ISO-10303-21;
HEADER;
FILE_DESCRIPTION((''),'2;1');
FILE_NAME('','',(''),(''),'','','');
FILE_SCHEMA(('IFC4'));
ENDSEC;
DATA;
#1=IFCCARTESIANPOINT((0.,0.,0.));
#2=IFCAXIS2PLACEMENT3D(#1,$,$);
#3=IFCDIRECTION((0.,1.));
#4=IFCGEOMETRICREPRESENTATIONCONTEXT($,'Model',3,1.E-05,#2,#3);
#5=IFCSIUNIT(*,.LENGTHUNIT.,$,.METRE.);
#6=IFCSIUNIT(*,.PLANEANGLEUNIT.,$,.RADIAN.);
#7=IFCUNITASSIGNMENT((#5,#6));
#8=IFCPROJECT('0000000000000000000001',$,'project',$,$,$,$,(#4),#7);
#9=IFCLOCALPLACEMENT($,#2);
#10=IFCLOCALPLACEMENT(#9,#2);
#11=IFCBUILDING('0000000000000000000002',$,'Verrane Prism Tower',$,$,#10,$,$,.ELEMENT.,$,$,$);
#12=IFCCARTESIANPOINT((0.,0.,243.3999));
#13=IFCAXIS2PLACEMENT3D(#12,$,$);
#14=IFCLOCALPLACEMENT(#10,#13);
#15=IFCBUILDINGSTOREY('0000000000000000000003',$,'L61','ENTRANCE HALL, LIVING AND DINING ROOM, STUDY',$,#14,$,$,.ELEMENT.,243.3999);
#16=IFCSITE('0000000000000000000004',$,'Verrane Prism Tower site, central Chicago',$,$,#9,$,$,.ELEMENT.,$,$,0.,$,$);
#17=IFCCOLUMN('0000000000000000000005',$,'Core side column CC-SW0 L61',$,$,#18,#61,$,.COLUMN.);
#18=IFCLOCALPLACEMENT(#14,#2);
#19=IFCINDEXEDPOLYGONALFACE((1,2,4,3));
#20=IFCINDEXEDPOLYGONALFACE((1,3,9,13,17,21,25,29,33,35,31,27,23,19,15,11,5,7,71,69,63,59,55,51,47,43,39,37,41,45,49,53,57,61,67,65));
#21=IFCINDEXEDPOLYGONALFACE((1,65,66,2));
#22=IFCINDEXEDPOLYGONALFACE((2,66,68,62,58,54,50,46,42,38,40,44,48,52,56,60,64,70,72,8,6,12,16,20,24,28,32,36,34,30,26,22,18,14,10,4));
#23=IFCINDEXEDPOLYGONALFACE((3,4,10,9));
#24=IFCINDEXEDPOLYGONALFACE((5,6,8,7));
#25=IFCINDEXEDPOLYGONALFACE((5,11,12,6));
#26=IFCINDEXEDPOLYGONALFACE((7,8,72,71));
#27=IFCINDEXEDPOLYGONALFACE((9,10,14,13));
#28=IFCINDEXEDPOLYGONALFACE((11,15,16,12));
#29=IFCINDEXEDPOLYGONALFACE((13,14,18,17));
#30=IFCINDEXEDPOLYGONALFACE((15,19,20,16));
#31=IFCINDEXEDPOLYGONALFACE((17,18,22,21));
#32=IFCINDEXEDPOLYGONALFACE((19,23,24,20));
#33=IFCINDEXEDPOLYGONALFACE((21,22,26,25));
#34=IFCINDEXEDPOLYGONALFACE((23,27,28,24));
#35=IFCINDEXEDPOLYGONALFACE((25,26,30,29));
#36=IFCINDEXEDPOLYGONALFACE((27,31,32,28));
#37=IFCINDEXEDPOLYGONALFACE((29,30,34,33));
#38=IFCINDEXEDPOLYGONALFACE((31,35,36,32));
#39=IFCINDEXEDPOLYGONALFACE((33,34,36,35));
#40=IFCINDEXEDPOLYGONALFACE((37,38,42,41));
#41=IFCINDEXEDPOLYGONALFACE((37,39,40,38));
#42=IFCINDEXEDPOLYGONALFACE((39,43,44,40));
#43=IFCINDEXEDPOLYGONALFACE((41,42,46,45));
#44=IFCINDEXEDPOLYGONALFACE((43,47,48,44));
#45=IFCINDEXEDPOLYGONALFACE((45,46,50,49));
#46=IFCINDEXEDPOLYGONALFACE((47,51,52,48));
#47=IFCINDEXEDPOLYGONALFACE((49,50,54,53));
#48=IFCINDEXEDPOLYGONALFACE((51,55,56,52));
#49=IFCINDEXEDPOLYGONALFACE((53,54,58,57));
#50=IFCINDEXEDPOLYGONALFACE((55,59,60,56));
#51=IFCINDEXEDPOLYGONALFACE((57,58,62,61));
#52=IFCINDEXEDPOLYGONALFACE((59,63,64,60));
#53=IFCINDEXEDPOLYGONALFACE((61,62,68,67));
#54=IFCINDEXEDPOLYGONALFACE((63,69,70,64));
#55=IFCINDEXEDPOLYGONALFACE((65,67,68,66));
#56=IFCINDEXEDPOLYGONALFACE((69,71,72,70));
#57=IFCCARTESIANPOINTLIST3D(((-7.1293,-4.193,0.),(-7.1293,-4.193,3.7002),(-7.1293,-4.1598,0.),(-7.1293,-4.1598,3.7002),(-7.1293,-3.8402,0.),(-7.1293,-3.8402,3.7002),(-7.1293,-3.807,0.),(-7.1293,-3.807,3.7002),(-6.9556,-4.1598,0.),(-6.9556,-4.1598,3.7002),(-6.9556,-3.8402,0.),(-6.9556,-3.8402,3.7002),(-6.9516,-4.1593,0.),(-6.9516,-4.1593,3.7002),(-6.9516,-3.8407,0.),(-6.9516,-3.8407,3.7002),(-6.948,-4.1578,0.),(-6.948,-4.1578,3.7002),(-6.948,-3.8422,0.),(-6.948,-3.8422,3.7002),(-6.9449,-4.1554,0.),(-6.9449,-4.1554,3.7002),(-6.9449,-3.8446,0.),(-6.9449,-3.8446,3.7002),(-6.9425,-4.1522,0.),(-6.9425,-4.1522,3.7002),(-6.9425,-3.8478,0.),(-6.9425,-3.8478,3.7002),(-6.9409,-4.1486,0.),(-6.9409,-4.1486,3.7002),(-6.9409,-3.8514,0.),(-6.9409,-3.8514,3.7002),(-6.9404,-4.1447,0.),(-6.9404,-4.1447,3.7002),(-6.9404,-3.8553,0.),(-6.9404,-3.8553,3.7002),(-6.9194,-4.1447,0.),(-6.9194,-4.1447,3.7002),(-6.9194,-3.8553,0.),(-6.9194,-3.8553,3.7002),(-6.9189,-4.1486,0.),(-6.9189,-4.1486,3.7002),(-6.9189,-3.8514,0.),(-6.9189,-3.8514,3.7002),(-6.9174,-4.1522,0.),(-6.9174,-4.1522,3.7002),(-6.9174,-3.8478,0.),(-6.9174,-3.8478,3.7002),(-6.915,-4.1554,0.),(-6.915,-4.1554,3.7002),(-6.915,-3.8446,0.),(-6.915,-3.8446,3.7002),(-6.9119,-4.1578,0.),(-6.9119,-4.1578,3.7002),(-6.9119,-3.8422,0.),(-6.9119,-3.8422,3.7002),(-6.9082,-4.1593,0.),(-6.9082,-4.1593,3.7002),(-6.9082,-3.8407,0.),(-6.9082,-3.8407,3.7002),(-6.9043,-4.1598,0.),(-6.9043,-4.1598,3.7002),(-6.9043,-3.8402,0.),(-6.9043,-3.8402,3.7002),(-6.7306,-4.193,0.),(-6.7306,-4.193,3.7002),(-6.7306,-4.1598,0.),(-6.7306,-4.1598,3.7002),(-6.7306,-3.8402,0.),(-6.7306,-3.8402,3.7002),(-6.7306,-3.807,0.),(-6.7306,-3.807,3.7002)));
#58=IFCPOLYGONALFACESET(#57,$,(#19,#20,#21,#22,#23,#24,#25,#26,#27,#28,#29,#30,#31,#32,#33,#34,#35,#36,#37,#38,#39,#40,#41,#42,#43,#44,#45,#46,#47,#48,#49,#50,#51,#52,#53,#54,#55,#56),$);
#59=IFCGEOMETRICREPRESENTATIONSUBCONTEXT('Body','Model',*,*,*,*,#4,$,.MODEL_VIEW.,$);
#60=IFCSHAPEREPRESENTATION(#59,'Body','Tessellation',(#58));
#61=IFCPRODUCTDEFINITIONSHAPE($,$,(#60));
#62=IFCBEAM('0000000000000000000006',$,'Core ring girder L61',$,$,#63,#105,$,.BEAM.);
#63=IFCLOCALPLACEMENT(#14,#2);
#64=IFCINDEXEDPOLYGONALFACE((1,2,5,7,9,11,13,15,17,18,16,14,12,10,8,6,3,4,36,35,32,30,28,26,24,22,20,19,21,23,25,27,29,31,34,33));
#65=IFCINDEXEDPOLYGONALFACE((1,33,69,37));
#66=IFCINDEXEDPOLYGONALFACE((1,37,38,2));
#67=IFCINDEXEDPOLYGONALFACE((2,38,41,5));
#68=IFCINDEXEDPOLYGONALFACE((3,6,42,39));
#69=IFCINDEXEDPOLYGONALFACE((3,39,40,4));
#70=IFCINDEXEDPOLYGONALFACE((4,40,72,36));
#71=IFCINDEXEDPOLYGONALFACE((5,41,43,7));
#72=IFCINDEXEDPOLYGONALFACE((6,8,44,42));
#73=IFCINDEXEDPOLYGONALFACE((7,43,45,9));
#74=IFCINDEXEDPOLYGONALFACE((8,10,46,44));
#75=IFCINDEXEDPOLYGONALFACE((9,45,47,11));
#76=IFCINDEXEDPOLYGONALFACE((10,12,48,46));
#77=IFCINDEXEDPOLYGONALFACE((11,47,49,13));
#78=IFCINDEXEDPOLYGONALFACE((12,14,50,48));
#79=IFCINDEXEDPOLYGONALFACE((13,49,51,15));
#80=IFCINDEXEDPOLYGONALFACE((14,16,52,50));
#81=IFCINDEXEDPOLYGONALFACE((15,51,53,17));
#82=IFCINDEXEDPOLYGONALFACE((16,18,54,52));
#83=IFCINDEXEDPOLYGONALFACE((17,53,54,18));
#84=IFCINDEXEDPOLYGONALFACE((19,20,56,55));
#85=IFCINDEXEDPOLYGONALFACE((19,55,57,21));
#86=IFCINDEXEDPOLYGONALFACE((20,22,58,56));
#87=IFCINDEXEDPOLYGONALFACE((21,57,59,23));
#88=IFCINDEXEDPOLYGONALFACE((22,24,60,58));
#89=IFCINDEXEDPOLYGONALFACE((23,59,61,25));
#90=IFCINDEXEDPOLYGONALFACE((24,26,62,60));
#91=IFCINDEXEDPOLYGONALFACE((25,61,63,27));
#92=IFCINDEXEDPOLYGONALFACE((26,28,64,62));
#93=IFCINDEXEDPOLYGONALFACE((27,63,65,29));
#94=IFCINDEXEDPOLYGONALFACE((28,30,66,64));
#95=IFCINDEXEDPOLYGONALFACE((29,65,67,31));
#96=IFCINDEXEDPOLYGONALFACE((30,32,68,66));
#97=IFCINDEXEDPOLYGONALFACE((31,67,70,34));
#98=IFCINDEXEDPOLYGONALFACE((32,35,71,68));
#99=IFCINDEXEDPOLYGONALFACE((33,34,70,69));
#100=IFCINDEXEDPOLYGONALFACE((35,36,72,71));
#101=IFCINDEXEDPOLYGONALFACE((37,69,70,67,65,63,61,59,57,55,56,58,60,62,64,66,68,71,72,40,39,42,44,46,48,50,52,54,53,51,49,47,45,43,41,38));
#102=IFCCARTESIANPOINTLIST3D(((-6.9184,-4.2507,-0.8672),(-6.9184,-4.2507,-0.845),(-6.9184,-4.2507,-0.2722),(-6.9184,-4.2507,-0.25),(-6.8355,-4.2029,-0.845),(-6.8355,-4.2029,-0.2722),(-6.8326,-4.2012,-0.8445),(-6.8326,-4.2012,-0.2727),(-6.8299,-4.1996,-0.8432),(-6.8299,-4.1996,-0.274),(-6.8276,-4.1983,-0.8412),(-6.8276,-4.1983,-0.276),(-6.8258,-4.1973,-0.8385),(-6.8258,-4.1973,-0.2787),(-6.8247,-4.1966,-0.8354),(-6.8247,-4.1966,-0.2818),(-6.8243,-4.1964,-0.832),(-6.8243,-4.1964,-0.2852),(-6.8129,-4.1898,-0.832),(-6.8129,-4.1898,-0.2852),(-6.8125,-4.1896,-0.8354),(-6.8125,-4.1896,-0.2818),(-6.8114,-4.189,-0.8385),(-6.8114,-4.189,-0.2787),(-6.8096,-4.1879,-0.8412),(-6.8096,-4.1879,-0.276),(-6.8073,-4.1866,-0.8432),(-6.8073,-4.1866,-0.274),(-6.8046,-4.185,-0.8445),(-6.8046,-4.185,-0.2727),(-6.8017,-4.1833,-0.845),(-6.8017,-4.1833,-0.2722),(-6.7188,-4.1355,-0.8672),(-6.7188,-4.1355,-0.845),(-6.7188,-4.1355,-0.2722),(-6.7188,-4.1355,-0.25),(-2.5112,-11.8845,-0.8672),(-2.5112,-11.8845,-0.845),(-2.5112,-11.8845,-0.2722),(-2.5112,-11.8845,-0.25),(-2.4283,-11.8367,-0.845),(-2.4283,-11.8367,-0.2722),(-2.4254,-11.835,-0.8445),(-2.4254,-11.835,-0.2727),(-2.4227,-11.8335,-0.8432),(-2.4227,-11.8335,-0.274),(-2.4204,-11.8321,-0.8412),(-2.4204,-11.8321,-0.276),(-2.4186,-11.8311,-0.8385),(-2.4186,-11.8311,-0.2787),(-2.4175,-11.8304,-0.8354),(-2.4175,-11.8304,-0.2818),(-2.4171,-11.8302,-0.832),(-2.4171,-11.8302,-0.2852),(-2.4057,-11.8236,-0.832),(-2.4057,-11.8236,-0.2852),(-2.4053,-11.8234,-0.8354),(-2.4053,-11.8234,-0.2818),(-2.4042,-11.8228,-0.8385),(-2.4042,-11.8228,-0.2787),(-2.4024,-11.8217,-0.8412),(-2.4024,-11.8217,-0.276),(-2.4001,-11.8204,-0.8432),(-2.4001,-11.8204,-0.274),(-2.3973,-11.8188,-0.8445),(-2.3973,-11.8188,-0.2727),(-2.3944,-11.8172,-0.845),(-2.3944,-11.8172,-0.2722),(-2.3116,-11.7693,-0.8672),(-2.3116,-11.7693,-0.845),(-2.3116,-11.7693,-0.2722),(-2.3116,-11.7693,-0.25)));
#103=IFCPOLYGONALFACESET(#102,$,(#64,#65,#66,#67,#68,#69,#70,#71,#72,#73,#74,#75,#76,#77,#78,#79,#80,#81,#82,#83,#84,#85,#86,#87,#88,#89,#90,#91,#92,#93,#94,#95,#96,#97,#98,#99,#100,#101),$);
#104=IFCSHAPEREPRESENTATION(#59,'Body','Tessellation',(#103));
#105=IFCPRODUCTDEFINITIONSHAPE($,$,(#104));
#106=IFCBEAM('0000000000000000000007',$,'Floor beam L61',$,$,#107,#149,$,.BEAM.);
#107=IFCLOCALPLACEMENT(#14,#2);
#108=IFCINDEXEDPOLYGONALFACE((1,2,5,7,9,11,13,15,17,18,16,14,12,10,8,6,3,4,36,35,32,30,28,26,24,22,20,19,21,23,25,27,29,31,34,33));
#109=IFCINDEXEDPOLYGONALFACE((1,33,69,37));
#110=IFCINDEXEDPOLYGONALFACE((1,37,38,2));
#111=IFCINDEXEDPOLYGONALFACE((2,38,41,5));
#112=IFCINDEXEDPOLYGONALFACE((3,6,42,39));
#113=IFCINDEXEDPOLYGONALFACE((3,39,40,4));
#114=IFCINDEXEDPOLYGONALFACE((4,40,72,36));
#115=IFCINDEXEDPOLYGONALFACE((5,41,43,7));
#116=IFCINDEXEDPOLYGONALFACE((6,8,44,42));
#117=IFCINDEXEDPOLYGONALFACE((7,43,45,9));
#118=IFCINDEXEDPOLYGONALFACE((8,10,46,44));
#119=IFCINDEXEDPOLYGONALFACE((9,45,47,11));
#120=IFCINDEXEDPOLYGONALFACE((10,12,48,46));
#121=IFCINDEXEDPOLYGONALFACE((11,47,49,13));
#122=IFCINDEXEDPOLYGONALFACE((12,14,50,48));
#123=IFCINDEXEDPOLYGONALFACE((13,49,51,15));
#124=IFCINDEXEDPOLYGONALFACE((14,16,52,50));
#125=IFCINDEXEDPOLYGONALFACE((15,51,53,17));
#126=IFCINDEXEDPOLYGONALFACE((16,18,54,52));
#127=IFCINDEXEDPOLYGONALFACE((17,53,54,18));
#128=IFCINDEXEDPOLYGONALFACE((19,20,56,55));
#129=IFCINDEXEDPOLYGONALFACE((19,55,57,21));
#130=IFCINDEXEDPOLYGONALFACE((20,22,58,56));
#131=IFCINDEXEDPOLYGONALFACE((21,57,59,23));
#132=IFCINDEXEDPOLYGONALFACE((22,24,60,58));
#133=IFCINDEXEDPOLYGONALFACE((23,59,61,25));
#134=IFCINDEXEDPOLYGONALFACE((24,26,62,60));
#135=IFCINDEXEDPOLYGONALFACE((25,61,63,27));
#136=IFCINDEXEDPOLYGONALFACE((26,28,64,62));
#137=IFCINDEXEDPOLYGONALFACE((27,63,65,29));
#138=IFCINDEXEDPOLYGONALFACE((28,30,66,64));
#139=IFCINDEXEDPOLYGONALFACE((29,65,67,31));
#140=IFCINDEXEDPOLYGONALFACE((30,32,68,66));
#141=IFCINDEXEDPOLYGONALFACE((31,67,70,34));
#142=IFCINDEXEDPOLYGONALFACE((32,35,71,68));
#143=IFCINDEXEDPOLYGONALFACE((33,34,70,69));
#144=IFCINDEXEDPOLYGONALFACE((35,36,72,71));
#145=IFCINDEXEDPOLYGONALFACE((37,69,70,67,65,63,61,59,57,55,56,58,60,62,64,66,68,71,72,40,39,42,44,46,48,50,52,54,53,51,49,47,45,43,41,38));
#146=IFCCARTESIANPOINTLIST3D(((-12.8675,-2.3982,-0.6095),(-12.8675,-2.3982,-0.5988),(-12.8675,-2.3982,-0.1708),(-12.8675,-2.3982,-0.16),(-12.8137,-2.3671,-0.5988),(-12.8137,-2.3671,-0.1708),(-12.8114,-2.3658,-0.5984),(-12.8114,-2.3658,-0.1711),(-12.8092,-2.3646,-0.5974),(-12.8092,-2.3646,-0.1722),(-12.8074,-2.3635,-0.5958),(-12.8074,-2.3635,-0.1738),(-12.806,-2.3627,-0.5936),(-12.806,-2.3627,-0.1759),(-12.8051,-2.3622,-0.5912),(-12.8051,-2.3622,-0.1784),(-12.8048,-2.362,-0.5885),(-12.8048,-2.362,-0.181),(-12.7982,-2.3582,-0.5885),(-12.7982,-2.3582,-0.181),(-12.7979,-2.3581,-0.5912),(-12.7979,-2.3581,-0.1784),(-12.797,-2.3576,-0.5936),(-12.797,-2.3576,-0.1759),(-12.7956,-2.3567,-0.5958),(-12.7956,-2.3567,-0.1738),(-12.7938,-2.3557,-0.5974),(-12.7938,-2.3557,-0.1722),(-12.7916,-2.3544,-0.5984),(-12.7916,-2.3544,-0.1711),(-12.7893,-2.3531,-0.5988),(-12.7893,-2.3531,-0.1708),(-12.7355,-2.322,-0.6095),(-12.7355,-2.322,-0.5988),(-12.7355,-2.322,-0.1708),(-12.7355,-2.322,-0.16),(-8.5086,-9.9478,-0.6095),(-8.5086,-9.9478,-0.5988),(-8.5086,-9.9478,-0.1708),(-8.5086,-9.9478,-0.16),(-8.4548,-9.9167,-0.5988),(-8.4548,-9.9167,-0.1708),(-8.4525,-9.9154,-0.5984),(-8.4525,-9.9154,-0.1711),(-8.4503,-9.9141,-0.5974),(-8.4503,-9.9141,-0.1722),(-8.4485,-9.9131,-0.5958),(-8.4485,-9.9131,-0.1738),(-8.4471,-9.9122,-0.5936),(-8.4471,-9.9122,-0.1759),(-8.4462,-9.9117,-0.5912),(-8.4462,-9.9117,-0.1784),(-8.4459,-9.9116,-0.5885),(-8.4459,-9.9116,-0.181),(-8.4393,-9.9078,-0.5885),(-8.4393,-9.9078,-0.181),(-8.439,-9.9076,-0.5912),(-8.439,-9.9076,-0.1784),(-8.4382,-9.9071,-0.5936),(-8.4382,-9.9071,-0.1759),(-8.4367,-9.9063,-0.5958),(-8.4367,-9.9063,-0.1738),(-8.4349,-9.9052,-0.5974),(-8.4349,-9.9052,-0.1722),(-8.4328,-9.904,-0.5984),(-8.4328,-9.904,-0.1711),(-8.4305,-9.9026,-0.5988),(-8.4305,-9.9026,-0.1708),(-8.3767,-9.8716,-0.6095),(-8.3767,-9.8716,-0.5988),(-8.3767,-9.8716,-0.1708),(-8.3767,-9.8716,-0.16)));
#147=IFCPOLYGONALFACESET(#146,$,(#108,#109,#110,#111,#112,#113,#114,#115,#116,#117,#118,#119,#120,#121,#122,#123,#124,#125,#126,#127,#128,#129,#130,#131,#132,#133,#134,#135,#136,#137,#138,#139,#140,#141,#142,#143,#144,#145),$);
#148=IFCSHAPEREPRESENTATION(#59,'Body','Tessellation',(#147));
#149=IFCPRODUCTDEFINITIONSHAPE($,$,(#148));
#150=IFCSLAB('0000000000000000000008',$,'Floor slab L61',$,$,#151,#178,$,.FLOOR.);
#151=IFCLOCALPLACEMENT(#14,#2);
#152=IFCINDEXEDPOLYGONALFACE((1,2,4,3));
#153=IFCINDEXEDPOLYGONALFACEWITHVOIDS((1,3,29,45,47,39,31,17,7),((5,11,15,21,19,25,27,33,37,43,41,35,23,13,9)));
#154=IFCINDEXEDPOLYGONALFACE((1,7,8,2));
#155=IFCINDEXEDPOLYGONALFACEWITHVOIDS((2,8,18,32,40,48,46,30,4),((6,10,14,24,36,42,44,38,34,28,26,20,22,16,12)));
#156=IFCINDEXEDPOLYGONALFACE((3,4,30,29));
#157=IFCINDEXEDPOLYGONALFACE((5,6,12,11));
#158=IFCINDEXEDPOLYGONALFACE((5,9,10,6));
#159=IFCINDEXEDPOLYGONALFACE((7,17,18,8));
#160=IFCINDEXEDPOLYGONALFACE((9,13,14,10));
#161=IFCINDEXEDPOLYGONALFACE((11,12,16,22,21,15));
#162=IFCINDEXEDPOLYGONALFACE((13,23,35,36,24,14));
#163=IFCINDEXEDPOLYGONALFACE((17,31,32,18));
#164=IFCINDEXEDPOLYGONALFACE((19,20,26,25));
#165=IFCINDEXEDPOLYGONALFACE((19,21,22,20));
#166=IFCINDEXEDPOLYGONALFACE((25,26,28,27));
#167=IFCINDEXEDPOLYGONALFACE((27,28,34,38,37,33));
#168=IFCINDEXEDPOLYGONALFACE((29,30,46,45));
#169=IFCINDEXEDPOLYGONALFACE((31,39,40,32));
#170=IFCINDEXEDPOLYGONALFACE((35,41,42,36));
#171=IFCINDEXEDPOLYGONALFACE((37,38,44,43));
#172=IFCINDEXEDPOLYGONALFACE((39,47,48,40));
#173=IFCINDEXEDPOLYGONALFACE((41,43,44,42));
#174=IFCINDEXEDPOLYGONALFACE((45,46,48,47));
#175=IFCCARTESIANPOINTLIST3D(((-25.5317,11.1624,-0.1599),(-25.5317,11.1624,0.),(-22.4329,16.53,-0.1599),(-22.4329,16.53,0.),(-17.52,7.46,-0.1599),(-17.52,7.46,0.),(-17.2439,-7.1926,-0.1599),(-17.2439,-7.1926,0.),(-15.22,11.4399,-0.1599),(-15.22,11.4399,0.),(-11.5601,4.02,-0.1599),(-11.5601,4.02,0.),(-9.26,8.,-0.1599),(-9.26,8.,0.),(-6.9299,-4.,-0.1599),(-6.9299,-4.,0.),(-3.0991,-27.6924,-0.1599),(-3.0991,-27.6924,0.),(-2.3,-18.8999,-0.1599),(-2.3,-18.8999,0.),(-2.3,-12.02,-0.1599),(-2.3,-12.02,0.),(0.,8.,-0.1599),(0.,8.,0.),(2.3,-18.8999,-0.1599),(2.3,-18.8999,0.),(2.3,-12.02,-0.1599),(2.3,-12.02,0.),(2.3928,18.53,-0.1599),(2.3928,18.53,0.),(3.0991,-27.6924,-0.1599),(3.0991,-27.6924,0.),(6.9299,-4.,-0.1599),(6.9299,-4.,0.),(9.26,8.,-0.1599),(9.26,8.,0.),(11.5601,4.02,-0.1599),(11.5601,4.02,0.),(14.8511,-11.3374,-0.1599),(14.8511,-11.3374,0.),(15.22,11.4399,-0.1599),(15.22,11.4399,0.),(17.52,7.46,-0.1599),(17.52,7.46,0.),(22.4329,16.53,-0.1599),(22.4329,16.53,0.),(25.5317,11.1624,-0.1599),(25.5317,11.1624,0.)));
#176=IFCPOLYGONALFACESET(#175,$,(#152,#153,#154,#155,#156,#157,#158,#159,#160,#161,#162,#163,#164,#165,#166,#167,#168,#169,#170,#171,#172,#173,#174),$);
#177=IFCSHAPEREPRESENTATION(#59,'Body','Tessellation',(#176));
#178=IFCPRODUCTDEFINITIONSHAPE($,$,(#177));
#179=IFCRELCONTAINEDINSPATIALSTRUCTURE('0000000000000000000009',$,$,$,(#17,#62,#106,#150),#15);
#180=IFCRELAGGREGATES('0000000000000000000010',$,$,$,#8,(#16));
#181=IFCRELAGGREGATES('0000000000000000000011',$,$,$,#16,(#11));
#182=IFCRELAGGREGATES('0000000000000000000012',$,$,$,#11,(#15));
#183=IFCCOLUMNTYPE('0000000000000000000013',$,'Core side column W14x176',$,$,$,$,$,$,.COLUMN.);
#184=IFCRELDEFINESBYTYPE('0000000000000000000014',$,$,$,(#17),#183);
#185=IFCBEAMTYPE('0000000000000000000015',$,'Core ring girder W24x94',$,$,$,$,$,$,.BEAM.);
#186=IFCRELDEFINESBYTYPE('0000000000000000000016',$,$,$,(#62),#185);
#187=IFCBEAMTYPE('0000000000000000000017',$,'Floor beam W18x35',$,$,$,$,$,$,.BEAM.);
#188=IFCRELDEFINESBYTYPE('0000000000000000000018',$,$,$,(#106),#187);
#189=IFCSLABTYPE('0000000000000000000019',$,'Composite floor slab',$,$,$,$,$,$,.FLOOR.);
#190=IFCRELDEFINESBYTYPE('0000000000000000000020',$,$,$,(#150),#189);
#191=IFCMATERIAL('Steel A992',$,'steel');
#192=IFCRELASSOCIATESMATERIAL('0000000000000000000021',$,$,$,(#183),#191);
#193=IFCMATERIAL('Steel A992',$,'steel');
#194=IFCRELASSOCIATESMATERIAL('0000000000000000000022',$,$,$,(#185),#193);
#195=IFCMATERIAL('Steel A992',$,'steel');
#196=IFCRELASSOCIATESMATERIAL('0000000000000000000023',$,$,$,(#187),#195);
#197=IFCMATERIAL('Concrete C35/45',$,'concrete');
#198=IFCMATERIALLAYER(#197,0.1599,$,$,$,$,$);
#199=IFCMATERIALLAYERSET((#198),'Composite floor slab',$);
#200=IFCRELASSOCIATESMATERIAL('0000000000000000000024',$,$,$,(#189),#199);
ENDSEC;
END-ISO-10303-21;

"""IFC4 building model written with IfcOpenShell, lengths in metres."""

from ifc_helpers import new_model, si_unit, direction, frame, origin, origin_2d, place, context, subcontext, project, spatial, polyline, i_section, outline, extrude, material, layer, layer_set, material_profile, profile_set, type_object, element, save


model = new_model("IFC4")

# Units and contexts
model_context = context("Model", 3, precision=1e-05, world=origin(), true_north=direction((0.0, 1.0)))
body_context = subcontext(model_context, "Body", "Model", "MODEL_VIEW")
ifc_project = project(units=[si_unit("LENGTHUNIT", "METRE"), si_unit("PLANEANGLEUNIT", "RADIAN")], contexts=[model_context])

# Site, building, storey
site_placement = place(None, origin())
site = spatial("IfcSite", under=ifc_project, at=site_placement, Name="Verrane Prism Tower site, central Chicago", CompositionType="ELEMENT", RefElevation=0.0)
building_placement = place(site_placement, origin())
building = spatial("IfcBuilding", under=site, at=building_placement, Name="Verrane Prism Tower", CompositionType="ELEMENT")
storey_placement = place(building_placement, frame((0.0, 0.0, 243.3999)))
storey = spatial("IfcBuildingStorey", under=building, at=storey_placement, Name="L61", Description="ENTRANCE HALL, LIVING AND DINING ROOM, STUDY", CompositionType="ELEMENT", Elevation=243.3999)

# Column
ifc_material_1 = material(Name="Steel A992", Category="steel")
ifc_material_profile_1 = material_profile(ifc_material_1, i_section(OverallWidth=0.3987, OverallDepth=0.386, WebThickness=0.021, FlangeThickness=0.0332, FilletRadius=0.0151, at=origin_2d()), Name="W14x176")
ifc_profile_set_1 = profile_set([ifc_material_profile_1], Name="Steel A992")
column_type = type_object("IfcColumnType", Name="Core side column W14x176", PredefinedType="COLUMN", material=ifc_profile_set_1)
column_placement = place(storey_placement, frame((-6.9299, -4.0, 0.0), z_axis=(0.0, 0.0, 1.0), x_axis=(1.0, 0.0, 0.0)))
element("IfcColumn", 1, at=column_placement, inside=storey, type_object=column_type, Name="Core side column CC-SW0 L61", PredefinedType="COLUMN", context=body_context, shape_type="SweptSolid", body=[
    extrude(i_section(OverallWidth=0.3987, OverallDepth=0.386, WebThickness=0.021, FlangeThickness=0.0332, FilletRadius=0.0151, at=origin_2d()), origin(), (0.0, 0.0, 1.0), 3.7002),
])

# Beams
ifc_material_2 = material(Name="Steel A992", Category="steel")
ifc_material_profile_2 = material_profile(ifc_material_2, i_section(OverallWidth=0.2305, OverallDepth=0.6172, WebThickness=0.0132, FlangeThickness=0.0222, FilletRadius=0.0129, at=origin_2d()), Name="W24x94")
ifc_profile_set_2 = profile_set([ifc_material_profile_2], Name="Steel A992")
beam_type_1 = type_object("IfcBeamType", Name="Core ring girder W24x94", PredefinedType="BEAM", material=ifc_profile_set_2)
beam_1_placement = place(storey_placement, frame((-6.8186, -4.1931, -0.5586), z_axis=(0.499988, -0.866032, 0.0), x_axis=(0.866032, 0.499988, 0.0)))
element("IfcBeam", 2, at=beam_1_placement, inside=storey, type_object=beam_type_1, Name="Core ring girder L61", PredefinedType="BEAM", context=body_context, shape_type="SweptSolid", body=[
    extrude(i_section(OverallWidth=0.2305, OverallDepth=0.6172, WebThickness=0.0132, FlangeThickness=0.0222, FilletRadius=0.0129, at=origin_2d()), origin(), (0.0, 0.0, 1.0), 8.8147),
])
ifc_material_3 = material(Name="Steel A992", Category="steel")
ifc_material_profile_3 = material_profile(ifc_material_3, i_section(OverallWidth=0.1523, OverallDepth=0.4495, WebThickness=0.0076, FlangeThickness=0.0107, FilletRadius=0.0103, at=origin_2d()), Name="W18x35")
ifc_profile_set_3 = profile_set([ifc_material_profile_3], Name="Steel A992")
beam_type_2 = type_object("IfcBeamType", Name="Floor beam W18x35", PredefinedType="BEAM", material=ifc_profile_set_3)
beam_2_placement = place(storey_placement, frame((-8.4426, -9.9097, -0.3848), z_axis=(-0.500013, 0.866018, 0.0), x_axis=(-0.866018, -0.500013, 0.0)))
element("IfcBeam", 3, at=beam_2_placement, inside=storey, type_object=beam_type_2, Name="Floor beam L61", PredefinedType="BEAM", context=body_context, shape_type="SweptSolid", body=[
    extrude(i_section(OverallWidth=0.1523, OverallDepth=0.4495, WebThickness=0.0076, FlangeThickness=0.0107, FilletRadius=0.0103, at=origin_2d()), origin(), (0.0, 0.0, 1.0), 8.7175),
])

# Slab
ifc_material_4 = material(Name="Concrete C35/45", Category="concrete")
ifc_layer_1 = layer(ifc_material_4, 0.1599)
ifc_layer_set_1 = layer_set([ifc_layer_1], Name="Composite floor slab")
slab_type = type_object("IfcSlabType", Name="Composite floor slab", PredefinedType="FLOOR", material=ifc_layer_set_1)
slab_placement = place(storey_placement, frame((0.0, 0.0, -0.1599)))
element("IfcSlab", 4, at=slab_placement, inside=storey, type_object=slab_type, Name="Floor slab L61", PredefinedType="FLOOR", context=body_context, shape_type="SweptSolid", body=[
    extrude(outline(polyline([(14.8511, -11.3374), (3.0991, -27.6924), (-3.0991, -27.6924), (-17.2439, -7.1926), (-25.5317, 11.1624), (-22.4329, 16.53), (2.3928, 18.53), (22.4329, 16.53), (25.5317, 11.1624), (14.8511, -11.3374)]), holes=[polyline([(17.52, 7.46), (15.22, 11.4399), (9.26, 8.0), (0.0, 8.0), (-9.26, 8.0), (-15.22, 11.4399), (-17.52, 7.46), (-11.5601, 4.02), (-6.9299, -4.0), (-2.3, -12.02), (-2.3, -18.8999), (2.3, -18.8999), (2.3, -12.02), (6.9299, -4.0), (11.5601, 4.02), (17.52, 7.46)])]), origin(), (0.0, 0.0, 1.0), 0.1599),
])

save(model, "model.ifc")
